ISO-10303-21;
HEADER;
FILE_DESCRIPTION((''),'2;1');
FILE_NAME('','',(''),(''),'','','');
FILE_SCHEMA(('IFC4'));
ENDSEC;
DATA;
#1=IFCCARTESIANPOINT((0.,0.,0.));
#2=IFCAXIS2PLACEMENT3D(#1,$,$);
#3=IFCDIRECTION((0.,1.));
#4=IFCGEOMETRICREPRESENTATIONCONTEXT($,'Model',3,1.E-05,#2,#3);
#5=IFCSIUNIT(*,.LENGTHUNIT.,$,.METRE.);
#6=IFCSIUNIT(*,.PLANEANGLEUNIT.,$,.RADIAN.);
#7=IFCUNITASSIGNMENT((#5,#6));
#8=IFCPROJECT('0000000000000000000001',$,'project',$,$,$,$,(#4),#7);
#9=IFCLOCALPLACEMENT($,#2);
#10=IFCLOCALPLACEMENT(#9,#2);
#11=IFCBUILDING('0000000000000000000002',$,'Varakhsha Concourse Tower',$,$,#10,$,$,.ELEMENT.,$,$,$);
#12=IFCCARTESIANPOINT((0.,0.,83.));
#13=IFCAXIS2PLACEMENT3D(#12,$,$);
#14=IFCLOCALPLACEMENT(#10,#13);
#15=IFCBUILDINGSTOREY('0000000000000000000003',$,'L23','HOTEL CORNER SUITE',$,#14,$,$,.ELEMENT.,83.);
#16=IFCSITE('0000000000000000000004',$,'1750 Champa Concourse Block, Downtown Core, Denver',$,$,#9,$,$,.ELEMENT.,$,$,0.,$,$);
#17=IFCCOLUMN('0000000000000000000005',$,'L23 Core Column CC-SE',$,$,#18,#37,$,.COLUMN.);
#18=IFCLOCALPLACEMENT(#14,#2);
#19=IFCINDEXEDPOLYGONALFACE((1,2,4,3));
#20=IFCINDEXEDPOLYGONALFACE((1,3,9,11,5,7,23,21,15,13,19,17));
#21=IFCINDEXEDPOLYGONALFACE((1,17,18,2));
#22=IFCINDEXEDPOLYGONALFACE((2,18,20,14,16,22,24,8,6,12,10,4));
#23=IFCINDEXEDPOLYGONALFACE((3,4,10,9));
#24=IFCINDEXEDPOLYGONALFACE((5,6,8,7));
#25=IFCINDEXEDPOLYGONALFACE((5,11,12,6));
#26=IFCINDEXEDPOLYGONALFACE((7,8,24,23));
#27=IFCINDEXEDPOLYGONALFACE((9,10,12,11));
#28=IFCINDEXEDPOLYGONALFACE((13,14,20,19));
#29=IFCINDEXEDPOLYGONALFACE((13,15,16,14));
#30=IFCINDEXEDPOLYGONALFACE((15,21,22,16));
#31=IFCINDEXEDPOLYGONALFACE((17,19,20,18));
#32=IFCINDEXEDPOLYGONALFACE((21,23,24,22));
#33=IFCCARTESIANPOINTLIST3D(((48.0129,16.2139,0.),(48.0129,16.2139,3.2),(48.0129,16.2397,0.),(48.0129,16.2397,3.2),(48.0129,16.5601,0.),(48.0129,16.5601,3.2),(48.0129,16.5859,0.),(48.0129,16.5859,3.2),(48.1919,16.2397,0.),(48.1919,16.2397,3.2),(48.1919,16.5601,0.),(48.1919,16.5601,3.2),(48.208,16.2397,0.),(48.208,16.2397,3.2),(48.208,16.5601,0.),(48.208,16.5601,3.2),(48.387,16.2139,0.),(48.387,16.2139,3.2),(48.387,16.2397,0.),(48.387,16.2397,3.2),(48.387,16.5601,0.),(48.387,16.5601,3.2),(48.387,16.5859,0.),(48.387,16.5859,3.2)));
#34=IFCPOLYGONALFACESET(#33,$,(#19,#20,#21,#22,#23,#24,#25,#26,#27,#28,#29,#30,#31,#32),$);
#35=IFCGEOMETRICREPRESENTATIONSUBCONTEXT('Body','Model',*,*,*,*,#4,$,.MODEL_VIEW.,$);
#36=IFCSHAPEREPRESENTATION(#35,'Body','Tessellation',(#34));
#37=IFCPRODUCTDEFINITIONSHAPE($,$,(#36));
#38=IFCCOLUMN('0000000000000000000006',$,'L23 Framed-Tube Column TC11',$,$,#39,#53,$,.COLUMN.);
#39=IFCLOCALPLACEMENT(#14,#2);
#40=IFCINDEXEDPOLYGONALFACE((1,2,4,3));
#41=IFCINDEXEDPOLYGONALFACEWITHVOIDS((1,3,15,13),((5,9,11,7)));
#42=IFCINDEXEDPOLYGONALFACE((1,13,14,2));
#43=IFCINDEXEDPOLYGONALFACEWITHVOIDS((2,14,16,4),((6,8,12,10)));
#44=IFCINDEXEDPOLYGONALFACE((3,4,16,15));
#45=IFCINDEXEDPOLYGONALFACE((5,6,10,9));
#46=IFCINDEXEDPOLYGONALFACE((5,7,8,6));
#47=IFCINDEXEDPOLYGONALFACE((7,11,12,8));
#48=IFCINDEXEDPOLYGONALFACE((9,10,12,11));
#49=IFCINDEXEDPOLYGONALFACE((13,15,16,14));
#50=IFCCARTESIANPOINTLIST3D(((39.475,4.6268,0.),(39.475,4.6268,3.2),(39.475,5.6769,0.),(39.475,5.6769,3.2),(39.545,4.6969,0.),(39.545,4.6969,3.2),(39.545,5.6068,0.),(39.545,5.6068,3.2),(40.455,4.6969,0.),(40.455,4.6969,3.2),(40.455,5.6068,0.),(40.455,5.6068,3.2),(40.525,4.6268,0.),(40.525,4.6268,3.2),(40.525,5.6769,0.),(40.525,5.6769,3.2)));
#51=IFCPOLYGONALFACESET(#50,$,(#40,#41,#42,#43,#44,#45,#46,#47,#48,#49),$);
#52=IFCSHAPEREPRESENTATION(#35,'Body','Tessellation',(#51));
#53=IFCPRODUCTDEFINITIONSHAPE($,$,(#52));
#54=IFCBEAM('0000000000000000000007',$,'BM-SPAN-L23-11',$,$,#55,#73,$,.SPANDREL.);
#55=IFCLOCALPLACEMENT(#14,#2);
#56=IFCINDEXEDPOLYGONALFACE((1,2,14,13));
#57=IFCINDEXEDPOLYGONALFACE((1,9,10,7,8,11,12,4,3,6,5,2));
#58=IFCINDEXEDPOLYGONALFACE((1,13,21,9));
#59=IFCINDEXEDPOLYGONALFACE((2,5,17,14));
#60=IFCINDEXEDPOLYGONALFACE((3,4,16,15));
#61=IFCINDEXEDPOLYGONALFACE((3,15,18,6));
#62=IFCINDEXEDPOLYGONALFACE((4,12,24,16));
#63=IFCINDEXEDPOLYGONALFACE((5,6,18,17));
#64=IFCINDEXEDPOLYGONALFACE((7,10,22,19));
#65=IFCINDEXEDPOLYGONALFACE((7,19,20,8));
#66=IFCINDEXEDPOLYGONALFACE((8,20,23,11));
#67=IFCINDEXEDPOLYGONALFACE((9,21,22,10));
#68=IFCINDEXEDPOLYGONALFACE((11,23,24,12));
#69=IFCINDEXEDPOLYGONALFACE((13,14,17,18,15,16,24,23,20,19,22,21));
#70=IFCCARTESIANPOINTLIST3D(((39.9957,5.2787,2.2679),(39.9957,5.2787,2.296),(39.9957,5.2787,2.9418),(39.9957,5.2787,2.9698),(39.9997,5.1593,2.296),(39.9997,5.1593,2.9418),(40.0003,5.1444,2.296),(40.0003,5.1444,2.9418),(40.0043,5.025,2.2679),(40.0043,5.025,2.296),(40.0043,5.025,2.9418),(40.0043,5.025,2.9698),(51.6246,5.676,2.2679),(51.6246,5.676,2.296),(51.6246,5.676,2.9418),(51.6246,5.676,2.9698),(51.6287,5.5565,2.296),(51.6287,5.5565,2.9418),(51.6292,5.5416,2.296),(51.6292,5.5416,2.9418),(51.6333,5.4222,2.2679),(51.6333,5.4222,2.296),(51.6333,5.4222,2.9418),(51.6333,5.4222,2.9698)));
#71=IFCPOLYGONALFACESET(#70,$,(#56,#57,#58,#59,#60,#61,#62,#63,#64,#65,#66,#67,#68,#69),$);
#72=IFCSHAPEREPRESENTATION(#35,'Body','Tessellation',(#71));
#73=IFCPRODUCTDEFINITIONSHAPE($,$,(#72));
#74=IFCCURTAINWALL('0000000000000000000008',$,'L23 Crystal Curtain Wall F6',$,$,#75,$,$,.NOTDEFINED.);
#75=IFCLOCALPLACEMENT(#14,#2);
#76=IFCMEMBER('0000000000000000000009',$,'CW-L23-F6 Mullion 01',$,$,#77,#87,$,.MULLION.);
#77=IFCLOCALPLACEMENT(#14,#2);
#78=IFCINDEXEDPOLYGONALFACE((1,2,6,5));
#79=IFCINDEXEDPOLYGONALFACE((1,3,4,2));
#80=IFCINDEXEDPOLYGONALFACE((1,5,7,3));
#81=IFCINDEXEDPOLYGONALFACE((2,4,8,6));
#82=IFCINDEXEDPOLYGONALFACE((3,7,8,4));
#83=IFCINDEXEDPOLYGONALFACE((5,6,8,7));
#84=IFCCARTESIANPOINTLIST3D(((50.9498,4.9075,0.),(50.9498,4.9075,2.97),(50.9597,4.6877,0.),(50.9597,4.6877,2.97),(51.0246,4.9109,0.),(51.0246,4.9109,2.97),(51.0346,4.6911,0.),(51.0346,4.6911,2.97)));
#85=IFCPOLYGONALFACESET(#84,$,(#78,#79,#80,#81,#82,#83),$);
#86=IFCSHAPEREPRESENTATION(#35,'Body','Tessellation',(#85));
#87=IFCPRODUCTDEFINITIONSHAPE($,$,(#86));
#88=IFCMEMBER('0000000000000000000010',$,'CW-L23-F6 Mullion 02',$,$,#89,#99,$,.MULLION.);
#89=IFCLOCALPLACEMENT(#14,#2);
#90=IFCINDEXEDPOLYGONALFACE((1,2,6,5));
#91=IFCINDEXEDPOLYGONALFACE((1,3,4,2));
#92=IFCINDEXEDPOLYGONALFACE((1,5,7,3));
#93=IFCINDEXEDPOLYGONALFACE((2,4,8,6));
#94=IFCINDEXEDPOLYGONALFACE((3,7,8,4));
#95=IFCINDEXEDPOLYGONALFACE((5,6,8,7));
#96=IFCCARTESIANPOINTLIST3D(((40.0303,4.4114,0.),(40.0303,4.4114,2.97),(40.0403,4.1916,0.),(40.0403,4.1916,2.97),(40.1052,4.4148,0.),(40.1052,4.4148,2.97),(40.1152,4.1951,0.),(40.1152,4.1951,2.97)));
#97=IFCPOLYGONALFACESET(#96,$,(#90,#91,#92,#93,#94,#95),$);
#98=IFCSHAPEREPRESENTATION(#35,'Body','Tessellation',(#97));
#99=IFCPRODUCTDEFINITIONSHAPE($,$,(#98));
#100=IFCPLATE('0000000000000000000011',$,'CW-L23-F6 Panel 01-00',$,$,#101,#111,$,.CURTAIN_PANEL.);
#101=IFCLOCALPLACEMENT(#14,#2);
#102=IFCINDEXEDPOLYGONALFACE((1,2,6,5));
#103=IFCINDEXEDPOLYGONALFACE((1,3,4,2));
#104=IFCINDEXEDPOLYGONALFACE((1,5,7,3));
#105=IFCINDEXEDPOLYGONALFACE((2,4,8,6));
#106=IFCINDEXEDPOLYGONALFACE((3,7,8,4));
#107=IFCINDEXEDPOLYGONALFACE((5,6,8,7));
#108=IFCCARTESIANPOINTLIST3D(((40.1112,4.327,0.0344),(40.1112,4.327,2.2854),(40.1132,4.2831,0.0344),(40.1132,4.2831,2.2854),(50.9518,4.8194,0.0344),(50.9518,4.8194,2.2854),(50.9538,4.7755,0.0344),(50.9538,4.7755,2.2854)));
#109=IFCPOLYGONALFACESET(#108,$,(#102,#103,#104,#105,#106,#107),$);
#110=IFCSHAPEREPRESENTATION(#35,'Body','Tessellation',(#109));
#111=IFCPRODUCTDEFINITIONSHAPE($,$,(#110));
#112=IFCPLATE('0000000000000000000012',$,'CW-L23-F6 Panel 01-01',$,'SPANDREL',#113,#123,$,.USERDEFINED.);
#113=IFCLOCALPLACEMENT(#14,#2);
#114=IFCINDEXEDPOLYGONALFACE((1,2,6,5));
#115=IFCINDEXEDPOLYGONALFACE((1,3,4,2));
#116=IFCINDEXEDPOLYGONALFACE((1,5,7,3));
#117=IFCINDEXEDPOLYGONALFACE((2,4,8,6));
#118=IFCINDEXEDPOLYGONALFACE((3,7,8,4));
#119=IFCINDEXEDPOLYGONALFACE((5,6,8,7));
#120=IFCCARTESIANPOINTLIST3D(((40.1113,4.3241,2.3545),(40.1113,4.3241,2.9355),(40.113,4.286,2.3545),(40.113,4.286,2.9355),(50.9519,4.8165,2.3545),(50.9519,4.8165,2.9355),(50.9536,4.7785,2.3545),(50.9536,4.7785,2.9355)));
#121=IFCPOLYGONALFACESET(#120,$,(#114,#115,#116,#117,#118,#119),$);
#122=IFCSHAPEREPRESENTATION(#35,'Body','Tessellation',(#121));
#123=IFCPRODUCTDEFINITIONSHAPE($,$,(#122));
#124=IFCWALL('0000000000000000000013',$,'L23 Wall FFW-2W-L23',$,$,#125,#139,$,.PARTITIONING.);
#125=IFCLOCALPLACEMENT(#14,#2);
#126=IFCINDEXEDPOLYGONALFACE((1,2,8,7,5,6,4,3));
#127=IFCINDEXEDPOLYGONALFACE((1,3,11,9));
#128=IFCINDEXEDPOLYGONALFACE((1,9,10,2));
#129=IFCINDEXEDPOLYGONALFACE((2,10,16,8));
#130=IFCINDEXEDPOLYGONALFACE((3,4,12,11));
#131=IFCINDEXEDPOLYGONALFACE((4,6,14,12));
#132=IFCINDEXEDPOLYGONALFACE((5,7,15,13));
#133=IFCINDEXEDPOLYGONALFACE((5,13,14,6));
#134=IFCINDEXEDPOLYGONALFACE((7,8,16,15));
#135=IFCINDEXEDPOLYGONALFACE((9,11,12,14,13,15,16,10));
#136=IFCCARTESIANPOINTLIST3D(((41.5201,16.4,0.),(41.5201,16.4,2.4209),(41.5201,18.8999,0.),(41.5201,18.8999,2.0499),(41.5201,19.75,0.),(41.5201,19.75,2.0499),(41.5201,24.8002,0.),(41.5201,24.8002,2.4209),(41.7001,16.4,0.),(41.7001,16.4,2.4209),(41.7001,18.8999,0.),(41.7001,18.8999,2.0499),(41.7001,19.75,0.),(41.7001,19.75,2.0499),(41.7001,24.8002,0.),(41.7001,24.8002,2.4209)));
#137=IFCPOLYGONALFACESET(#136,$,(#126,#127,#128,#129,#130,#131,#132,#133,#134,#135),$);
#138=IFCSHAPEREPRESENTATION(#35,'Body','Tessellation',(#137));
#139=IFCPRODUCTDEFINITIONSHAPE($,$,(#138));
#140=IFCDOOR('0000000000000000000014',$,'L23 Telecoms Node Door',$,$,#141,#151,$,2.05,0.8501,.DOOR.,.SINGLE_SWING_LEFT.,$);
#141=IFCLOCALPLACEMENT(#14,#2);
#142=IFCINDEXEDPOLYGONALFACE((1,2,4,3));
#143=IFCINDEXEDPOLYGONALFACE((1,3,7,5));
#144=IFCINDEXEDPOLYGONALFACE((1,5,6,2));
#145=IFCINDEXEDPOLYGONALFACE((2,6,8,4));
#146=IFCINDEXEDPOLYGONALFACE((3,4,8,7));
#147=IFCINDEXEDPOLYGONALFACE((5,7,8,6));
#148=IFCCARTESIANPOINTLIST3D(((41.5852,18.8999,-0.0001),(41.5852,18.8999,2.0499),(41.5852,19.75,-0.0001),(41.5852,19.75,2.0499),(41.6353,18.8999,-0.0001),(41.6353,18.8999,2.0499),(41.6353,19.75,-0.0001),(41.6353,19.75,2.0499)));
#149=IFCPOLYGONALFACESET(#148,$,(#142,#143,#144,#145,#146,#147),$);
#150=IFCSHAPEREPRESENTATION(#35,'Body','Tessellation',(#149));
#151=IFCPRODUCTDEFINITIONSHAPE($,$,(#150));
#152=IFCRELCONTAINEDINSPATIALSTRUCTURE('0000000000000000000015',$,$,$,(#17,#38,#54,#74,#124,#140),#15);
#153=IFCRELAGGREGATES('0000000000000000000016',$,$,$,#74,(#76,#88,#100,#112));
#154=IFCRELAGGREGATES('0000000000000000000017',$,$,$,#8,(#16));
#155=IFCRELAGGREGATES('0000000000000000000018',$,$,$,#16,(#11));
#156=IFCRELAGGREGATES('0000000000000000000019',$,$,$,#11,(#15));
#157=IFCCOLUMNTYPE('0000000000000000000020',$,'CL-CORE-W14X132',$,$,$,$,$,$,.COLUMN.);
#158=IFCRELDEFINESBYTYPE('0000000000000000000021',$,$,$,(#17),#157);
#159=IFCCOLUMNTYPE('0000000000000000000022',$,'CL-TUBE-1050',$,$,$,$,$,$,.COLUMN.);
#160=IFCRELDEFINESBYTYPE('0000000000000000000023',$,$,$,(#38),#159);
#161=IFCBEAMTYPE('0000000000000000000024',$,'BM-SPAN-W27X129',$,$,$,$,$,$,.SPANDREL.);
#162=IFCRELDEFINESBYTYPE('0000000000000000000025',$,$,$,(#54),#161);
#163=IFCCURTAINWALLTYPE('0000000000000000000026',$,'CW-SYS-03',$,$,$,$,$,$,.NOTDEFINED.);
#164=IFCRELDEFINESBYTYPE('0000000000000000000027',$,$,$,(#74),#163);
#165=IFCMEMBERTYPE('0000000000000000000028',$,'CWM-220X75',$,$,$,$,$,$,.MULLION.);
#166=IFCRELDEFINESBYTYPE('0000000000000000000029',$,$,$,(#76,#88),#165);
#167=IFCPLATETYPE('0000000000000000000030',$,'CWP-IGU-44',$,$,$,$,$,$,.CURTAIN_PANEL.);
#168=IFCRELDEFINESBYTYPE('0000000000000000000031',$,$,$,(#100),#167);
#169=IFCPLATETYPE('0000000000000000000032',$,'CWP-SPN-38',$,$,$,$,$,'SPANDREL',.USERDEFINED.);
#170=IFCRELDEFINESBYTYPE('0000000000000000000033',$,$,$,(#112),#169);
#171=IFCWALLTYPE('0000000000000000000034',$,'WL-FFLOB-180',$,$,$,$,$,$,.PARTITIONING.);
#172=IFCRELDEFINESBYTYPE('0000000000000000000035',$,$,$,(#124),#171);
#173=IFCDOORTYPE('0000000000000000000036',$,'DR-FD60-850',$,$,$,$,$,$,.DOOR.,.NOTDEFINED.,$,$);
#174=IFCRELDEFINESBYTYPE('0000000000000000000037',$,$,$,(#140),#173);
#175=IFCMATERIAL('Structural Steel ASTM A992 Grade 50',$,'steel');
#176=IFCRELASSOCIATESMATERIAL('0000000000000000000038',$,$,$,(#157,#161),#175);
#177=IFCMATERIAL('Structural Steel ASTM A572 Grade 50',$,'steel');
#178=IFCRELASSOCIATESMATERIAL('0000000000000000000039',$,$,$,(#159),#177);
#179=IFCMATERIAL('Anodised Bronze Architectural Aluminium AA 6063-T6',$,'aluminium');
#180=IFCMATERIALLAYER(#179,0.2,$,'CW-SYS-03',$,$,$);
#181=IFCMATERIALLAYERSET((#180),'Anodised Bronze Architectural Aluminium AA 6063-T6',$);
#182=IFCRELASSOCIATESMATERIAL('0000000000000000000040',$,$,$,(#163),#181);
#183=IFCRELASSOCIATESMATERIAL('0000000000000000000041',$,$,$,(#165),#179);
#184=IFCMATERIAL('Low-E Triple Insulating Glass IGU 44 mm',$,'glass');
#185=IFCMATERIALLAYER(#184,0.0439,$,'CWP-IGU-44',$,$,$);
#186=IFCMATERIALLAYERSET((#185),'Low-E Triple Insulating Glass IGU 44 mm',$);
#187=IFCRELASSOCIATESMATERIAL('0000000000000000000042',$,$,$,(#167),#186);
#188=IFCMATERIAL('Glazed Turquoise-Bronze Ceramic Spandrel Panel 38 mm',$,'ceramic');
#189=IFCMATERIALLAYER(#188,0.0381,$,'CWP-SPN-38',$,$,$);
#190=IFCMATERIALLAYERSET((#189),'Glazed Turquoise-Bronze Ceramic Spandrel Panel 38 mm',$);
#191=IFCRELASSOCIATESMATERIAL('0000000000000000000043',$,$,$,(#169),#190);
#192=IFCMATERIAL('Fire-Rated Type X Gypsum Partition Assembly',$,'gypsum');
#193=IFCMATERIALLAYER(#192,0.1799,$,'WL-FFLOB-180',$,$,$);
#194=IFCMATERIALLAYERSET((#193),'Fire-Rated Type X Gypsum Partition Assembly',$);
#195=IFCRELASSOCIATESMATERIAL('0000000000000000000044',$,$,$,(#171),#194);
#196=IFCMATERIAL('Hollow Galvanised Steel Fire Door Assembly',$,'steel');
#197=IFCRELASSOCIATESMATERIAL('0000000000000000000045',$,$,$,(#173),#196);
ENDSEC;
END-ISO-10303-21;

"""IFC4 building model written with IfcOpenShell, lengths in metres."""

from ifc_helpers import new_model, si_unit, direction, frame, frame_2d, origin, origin_2d, place, context, subcontext, project, spatial, rectangle, hollow_rectangle, i_section, extrude, source, transform, mapped, material, layer, layer_set, material_profile, profile_set, type_object, type_shapes, element, fill, aggregate, save


model = new_model("IFC4")

# Units and contexts
model_context = context("Model", 3, precision=1e-05, world=origin(), true_north=direction((0.0, 1.0)))
body_context = subcontext(model_context, "Body", "Model", "MODEL_VIEW")
ifc_project = project(units=[si_unit("LENGTHUNIT", "METRE"), si_unit("PLANEANGLEUNIT", "RADIAN")], contexts=[model_context])

# Site, building, storey
site_placement = place(None, origin())
site = spatial("IfcSite", under=ifc_project, at=site_placement, Name="1750 Champa Concourse Block, Downtown Core, Denver", CompositionType="ELEMENT", RefElevation=0.0)
building_placement = place(site_placement, origin())
building = spatial("IfcBuilding", under=site, at=building_placement, Name="Varakhsha Concourse Tower", CompositionType="ELEMENT")
storey_placement = place(building_placement, frame((0.0, 0.0, 83.0)))
storey = spatial("IfcBuildingStorey", under=building, at=storey_placement, Name="L23", Description="HOTEL CORNER SUITE", CompositionType="ELEMENT", Elevation=83.0)

# Columns
ifc_material_1 = material(Name="Structural Steel ASTM A992 Grade 50", Category="steel")
ifc_material_profile_1 = material_profile(ifc_material_1, i_section(OverallWidth=0.374, OverallDepth=0.3721, WebThickness=0.0161, FlangeThickness=0.0259, at=origin_2d()), Name="W14X132")
ifc_profile_set_1 = profile_set([ifc_material_profile_1], Name="Structural Steel ASTM A992 Grade 50")
column_type_1 = type_object("IfcColumnType", Name="CL-CORE-W14X132", PredefinedType="COLUMN", material=ifc_profile_set_1)
column_1_placement = place(storey_placement, frame((48.2, 16.3999, 0.0), z_axis=(0.0, 0.0, 1.0), x_axis=(1.0, 0.0, 0.0)))
element("IfcColumn", 1, at=column_1_placement, inside=storey, type_object=column_type_1, Name="L23 Core Column CC-SE", PredefinedType="COLUMN", context=body_context, shape_type="SweptSolid", body=[
    extrude(i_section(OverallWidth=0.374, OverallDepth=0.3721, WebThickness=0.0161, FlangeThickness=0.0259, at=origin_2d()), origin(), (0.0, 0.0, 1.0), 3.2),
])
ifc_material_2 = material(Name="Structural Steel ASTM A572 Grade 50", Category="steel")
ifc_material_profile_2 = material_profile(ifc_material_2, hollow_rectangle(XDim=1.05, YDim=1.05, WallThickness=0.0701, at=origin_2d()), Name="BOX 1050x1050x70")
ifc_profile_set_2 = profile_set([ifc_material_profile_2], Name="Structural Steel ASTM A572 Grade 50")
column_type_2 = type_object("IfcColumnType", Name="CL-TUBE-1050", PredefinedType="COLUMN", material=ifc_profile_set_2)
column_2_placement = place(storey_placement, frame((40.0, 5.1519, 0.0), z_axis=(0.0, 0.0, 1.0), x_axis=(1.0, 0.0, 0.0)))
element("IfcColumn", 2, at=column_2_placement, inside=storey, type_object=column_type_2, Name="L23 Framed-Tube Column TC11", PredefinedType="COLUMN", context=body_context, shape_type="SweptSolid", body=[
    extrude(hollow_rectangle(XDim=1.05, YDim=1.05, WallThickness=0.0701, at=origin_2d()), origin(), (0.0, 0.0, 1.0), 3.2),
])

# Beam
ifc_material_profile_3 = material_profile(ifc_material_1, i_section(OverallWidth=0.2539, OverallDepth=0.7019, WebThickness=0.0149, FlangeThickness=0.0281, at=origin_2d()), Name="W27X129")
ifc_profile_set_3 = profile_set([ifc_material_profile_3], Name="Structural Steel ASTM A992 Grade 50")
beam_type = type_object("IfcBeamType", Name="BM-SPAN-W27X129", PredefinedType="SPANDREL", material=ifc_profile_set_3)
beam_placement = place(storey_placement, frame((40.0, 5.1519, 2.6189), z_axis=(0.999417, 0.034138, 0.0), x_axis=(-0.034138, 0.999417, 0.0)))
element("IfcBeam", 3, at=beam_placement, inside=storey, type_object=beam_type, Name="BM-SPAN-L23-11", PredefinedType="SPANDREL", context=body_context, shape_type="SweptSolid", body=[
    extrude(i_section(OverallWidth=0.2539, OverallDepth=0.7019, WebThickness=0.0149, FlangeThickness=0.0281, at=origin_2d()), origin(), (0.0, 0.0, 1.0), 11.6357),
])

# Curtain wall, members, plates
ifc_material_3 = material(Name="Anodised Bronze Architectural Aluminium AA 6063-T6", Category="aluminium")
ifc_layer_1 = layer(ifc_material_3, 0.2, Name="CW-SYS-03")
ifc_layer_set_1 = layer_set([ifc_layer_1], Name="Anodised Bronze Architectural Aluminium AA 6063-T6")
curtain_wall_type = type_object("IfcCurtainWallType", Name="CW-SYS-03", PredefinedType="NOTDEFINED", material=ifc_layer_set_1)
curtain_wall_placement = place(storey_placement, origin())
curtain_wall = element("IfcCurtainWall", 4, at=curtain_wall_placement, inside=storey, type_object=curtain_wall_type, Name="L23 Crystal Curtain Wall F6", PredefinedType="NOTDEFINED")
ifc_material_profile_4 = material_profile(ifc_material_3, rectangle(XDim=0.075, YDim=0.22, at=origin_2d()), Name="CWM-220X75")
ifc_profile_set_4 = profile_set([ifc_material_profile_4], Name="Anodised Bronze Architectural Aluminium AA 6063-T6")
member_type = type_object("IfcMemberType", Name="CWM-220X75", PredefinedType="MULLION", material=ifc_profile_set_4)
shared_shape_1 = source(origin(), body_context, "Body", "SweptSolid", [
    extrude(rectangle(XDim=0.075, YDim=0.22, at=origin_2d()), origin(), (0.0, 0.0, 1.0), 2.97),
])
type_shapes(member_type, [shared_shape_1])
member_1_placement = place(storey_placement, frame((50.9922, 4.7993, 0.0), z_axis=(0.0, 0.0, 1.0), x_axis=(-0.99897, -0.04538, 0.0)))
member_1 = element("IfcMember", 5, at=member_1_placement, type_object=member_type, Name="CW-L23-F6 Mullion 01", PredefinedType="MULLION", context=body_context, shape_type="MappedRepresentation", body=[
    mapped(shared_shape_1, transform((0.0, 0.0, 0.0), scale=1.0)),
])
member_2_placement = place(storey_placement, frame((40.0728, 4.3032, 0.0), z_axis=(0.0, 0.0, 1.0), x_axis=(-0.99897, -0.04538, 0.0)))
member_2 = element("IfcMember", 6, at=member_2_placement, type_object=member_type, Name="CW-L23-F6 Mullion 02", PredefinedType="MULLION", context=body_context, shape_type="MappedRepresentation", body=[
    mapped(shared_shape_1, transform((0.0, 0.0, 0.0), scale=1.0)),
])
ifc_material_4 = material(Name="Low-E Triple Insulating Glass IGU 44 mm", Category="glass")
ifc_layer_2 = layer(ifc_material_4, 0.0439, Name="CWP-IGU-44")
ifc_layer_set_2 = layer_set([ifc_layer_2], Name="Low-E Triple Insulating Glass IGU 44 mm")
plate_type_1 = type_object("IfcPlateType", Name="CWP-IGU-44", PredefinedType="CURTAIN_PANEL", material=ifc_layer_set_2)
shared_shape_2 = source(origin(), body_context, "Body", "SweptSolid", [
    extrude(rectangle(XDim=10.8518, YDim=0.0439, at=origin_2d()), origin(), (0.0, 0.0, 1.0), 2.251),
])
type_shapes(plate_type_1, [shared_shape_2])
plate_1_placement = place(storey_placement, frame((45.5325, 4.5513, 0.0344), z_axis=(0.0, 0.0, 1.0), x_axis=(-0.99897, -0.04538, 0.0)))
plate_1 = element("IfcPlate", 7, at=plate_1_placement, type_object=plate_type_1, Name="CW-L23-F6 Panel 01-00", PredefinedType="CURTAIN_PANEL", context=body_context, shape_type="MappedRepresentation", body=[
    mapped(shared_shape_2, transform((0.0, 0.0, 0.0), scale=1.0)),
])
ifc_material_5 = material(Name="Glazed Turquoise-Bronze Ceramic Spandrel Panel 38 mm", Category="ceramic")
ifc_layer_3 = layer(ifc_material_5, 0.0381, Name="CWP-SPN-38")
ifc_layer_set_3 = layer_set([ifc_layer_3], Name="Glazed Turquoise-Bronze Ceramic Spandrel Panel 38 mm")
plate_type_2 = type_object("IfcPlateType", Name="CWP-SPN-38", ElementType="SPANDREL", PredefinedType="USERDEFINED", material=ifc_layer_set_3)
shared_shape_3 = source(origin(), body_context, "Body", "SweptSolid", [
    extrude(rectangle(XDim=10.8518, YDim=0.0381, at=origin_2d()), origin(), (0.0, 0.0, 1.0), 0.5811),
])
type_shapes(plate_type_2, [shared_shape_3])
plate_2_placement = place(storey_placement, frame((45.5325, 4.5513, 2.3545), z_axis=(0.0, 0.0, 1.0), x_axis=(-0.99897, -0.04538, 0.0)))
plate_2 = element("IfcPlate", 8, at=plate_2_placement, type_object=plate_type_2, Name="CW-L23-F6 Panel 01-01", ObjectType="SPANDREL", PredefinedType="USERDEFINED", context=body_context, shape_type="MappedRepresentation", body=[
    mapped(shared_shape_3, transform((0.0, 0.0, 0.0), scale=1.0)),
])
aggregate(curtain_wall, [member_1, member_2, plate_1, plate_2])

# Wall, opening, door
ifc_material_6 = material(Name="Fire-Rated Type X Gypsum Partition Assembly", Category="gypsum")
ifc_layer_4 = layer(ifc_material_6, 0.1799, Name="WL-FFLOB-180")
ifc_layer_set_4 = layer_set([ifc_layer_4], Name="Fire-Rated Type X Gypsum Partition Assembly")
wall_type_1 = type_object("IfcWallType", Name="WL-FFLOB-180", PredefinedType="PARTITIONING", material=ifc_layer_set_4)
wall_1_placement = place(storey_placement, frame((41.6101, 16.3999, 0.0), z_axis=(0.0, 0.0, 1.0), x_axis=(0.0, 1.0, 0.0)))
wall_1 = element("IfcWall", 9, at=wall_1_placement, inside=storey, type_object=wall_type_1, Name="L23 Wall FFW-2W-L23", PredefinedType="PARTITIONING", context=body_context, shape_type="SweptSolid", body=[
    extrude(rectangle(XDim=8.4001, YDim=0.1799, at=frame_2d((4.2002, 0.0))), origin(), (0.0, 0.0, 1.0), 2.4209),
])
opening_1_placement = place(wall_1_placement, frame((2.5, 0.0, 0.0)))
opening_1 = element("IfcOpeningElement", 10, at=opening_1_placement, cuts=wall_1, PredefinedType="OPENING", context=body_context, shape_type="SweptSolid", body=[
    extrude(rectangle(XDim=0.8501, YDim=2.05, at=frame_2d((0.425, 1.0249))), frame((0.0, 0.0999, 0.0), z_axis=(0.0, -1.0, 0.0), x_axis=(1.0, 0.0, 0.0)), (0.0, 0.0, 1.0), 0.2),
])
ifc_material_7 = material(Name="Hollow Galvanised Steel Fire Door Assembly", Category="steel")
door_type_1 = type_object("IfcDoorType", Name="DR-FD60-850", OperationType="NOTDEFINED", PredefinedType="DOOR", material=ifc_material_7)
door_1_placement = place(opening_1_placement, origin())
door_1 = element("IfcDoor", 11, at=door_1_placement, inside=storey, type_object=door_type_1, Name="L23 Telecoms Node Door", OperationType="SINGLE_SWING_LEFT", OverallHeight=2.05, OverallWidth=0.8501, PredefinedType="DOOR", context=body_context, shape_type="SweptSolid", body=[
    extrude(rectangle(XDim=0.8501, YDim=2.05, at=frame_2d((0.425, 1.0249))), frame((0.0, 0.0249, 0.0), z_axis=(0.0, -1.0, 0.0), x_axis=(1.0, 0.0, 0.0)), (0.0, 0.0, 1.0), 0.05),
])
fill(opening_1, door_1)

save(model, "model.ifc")
